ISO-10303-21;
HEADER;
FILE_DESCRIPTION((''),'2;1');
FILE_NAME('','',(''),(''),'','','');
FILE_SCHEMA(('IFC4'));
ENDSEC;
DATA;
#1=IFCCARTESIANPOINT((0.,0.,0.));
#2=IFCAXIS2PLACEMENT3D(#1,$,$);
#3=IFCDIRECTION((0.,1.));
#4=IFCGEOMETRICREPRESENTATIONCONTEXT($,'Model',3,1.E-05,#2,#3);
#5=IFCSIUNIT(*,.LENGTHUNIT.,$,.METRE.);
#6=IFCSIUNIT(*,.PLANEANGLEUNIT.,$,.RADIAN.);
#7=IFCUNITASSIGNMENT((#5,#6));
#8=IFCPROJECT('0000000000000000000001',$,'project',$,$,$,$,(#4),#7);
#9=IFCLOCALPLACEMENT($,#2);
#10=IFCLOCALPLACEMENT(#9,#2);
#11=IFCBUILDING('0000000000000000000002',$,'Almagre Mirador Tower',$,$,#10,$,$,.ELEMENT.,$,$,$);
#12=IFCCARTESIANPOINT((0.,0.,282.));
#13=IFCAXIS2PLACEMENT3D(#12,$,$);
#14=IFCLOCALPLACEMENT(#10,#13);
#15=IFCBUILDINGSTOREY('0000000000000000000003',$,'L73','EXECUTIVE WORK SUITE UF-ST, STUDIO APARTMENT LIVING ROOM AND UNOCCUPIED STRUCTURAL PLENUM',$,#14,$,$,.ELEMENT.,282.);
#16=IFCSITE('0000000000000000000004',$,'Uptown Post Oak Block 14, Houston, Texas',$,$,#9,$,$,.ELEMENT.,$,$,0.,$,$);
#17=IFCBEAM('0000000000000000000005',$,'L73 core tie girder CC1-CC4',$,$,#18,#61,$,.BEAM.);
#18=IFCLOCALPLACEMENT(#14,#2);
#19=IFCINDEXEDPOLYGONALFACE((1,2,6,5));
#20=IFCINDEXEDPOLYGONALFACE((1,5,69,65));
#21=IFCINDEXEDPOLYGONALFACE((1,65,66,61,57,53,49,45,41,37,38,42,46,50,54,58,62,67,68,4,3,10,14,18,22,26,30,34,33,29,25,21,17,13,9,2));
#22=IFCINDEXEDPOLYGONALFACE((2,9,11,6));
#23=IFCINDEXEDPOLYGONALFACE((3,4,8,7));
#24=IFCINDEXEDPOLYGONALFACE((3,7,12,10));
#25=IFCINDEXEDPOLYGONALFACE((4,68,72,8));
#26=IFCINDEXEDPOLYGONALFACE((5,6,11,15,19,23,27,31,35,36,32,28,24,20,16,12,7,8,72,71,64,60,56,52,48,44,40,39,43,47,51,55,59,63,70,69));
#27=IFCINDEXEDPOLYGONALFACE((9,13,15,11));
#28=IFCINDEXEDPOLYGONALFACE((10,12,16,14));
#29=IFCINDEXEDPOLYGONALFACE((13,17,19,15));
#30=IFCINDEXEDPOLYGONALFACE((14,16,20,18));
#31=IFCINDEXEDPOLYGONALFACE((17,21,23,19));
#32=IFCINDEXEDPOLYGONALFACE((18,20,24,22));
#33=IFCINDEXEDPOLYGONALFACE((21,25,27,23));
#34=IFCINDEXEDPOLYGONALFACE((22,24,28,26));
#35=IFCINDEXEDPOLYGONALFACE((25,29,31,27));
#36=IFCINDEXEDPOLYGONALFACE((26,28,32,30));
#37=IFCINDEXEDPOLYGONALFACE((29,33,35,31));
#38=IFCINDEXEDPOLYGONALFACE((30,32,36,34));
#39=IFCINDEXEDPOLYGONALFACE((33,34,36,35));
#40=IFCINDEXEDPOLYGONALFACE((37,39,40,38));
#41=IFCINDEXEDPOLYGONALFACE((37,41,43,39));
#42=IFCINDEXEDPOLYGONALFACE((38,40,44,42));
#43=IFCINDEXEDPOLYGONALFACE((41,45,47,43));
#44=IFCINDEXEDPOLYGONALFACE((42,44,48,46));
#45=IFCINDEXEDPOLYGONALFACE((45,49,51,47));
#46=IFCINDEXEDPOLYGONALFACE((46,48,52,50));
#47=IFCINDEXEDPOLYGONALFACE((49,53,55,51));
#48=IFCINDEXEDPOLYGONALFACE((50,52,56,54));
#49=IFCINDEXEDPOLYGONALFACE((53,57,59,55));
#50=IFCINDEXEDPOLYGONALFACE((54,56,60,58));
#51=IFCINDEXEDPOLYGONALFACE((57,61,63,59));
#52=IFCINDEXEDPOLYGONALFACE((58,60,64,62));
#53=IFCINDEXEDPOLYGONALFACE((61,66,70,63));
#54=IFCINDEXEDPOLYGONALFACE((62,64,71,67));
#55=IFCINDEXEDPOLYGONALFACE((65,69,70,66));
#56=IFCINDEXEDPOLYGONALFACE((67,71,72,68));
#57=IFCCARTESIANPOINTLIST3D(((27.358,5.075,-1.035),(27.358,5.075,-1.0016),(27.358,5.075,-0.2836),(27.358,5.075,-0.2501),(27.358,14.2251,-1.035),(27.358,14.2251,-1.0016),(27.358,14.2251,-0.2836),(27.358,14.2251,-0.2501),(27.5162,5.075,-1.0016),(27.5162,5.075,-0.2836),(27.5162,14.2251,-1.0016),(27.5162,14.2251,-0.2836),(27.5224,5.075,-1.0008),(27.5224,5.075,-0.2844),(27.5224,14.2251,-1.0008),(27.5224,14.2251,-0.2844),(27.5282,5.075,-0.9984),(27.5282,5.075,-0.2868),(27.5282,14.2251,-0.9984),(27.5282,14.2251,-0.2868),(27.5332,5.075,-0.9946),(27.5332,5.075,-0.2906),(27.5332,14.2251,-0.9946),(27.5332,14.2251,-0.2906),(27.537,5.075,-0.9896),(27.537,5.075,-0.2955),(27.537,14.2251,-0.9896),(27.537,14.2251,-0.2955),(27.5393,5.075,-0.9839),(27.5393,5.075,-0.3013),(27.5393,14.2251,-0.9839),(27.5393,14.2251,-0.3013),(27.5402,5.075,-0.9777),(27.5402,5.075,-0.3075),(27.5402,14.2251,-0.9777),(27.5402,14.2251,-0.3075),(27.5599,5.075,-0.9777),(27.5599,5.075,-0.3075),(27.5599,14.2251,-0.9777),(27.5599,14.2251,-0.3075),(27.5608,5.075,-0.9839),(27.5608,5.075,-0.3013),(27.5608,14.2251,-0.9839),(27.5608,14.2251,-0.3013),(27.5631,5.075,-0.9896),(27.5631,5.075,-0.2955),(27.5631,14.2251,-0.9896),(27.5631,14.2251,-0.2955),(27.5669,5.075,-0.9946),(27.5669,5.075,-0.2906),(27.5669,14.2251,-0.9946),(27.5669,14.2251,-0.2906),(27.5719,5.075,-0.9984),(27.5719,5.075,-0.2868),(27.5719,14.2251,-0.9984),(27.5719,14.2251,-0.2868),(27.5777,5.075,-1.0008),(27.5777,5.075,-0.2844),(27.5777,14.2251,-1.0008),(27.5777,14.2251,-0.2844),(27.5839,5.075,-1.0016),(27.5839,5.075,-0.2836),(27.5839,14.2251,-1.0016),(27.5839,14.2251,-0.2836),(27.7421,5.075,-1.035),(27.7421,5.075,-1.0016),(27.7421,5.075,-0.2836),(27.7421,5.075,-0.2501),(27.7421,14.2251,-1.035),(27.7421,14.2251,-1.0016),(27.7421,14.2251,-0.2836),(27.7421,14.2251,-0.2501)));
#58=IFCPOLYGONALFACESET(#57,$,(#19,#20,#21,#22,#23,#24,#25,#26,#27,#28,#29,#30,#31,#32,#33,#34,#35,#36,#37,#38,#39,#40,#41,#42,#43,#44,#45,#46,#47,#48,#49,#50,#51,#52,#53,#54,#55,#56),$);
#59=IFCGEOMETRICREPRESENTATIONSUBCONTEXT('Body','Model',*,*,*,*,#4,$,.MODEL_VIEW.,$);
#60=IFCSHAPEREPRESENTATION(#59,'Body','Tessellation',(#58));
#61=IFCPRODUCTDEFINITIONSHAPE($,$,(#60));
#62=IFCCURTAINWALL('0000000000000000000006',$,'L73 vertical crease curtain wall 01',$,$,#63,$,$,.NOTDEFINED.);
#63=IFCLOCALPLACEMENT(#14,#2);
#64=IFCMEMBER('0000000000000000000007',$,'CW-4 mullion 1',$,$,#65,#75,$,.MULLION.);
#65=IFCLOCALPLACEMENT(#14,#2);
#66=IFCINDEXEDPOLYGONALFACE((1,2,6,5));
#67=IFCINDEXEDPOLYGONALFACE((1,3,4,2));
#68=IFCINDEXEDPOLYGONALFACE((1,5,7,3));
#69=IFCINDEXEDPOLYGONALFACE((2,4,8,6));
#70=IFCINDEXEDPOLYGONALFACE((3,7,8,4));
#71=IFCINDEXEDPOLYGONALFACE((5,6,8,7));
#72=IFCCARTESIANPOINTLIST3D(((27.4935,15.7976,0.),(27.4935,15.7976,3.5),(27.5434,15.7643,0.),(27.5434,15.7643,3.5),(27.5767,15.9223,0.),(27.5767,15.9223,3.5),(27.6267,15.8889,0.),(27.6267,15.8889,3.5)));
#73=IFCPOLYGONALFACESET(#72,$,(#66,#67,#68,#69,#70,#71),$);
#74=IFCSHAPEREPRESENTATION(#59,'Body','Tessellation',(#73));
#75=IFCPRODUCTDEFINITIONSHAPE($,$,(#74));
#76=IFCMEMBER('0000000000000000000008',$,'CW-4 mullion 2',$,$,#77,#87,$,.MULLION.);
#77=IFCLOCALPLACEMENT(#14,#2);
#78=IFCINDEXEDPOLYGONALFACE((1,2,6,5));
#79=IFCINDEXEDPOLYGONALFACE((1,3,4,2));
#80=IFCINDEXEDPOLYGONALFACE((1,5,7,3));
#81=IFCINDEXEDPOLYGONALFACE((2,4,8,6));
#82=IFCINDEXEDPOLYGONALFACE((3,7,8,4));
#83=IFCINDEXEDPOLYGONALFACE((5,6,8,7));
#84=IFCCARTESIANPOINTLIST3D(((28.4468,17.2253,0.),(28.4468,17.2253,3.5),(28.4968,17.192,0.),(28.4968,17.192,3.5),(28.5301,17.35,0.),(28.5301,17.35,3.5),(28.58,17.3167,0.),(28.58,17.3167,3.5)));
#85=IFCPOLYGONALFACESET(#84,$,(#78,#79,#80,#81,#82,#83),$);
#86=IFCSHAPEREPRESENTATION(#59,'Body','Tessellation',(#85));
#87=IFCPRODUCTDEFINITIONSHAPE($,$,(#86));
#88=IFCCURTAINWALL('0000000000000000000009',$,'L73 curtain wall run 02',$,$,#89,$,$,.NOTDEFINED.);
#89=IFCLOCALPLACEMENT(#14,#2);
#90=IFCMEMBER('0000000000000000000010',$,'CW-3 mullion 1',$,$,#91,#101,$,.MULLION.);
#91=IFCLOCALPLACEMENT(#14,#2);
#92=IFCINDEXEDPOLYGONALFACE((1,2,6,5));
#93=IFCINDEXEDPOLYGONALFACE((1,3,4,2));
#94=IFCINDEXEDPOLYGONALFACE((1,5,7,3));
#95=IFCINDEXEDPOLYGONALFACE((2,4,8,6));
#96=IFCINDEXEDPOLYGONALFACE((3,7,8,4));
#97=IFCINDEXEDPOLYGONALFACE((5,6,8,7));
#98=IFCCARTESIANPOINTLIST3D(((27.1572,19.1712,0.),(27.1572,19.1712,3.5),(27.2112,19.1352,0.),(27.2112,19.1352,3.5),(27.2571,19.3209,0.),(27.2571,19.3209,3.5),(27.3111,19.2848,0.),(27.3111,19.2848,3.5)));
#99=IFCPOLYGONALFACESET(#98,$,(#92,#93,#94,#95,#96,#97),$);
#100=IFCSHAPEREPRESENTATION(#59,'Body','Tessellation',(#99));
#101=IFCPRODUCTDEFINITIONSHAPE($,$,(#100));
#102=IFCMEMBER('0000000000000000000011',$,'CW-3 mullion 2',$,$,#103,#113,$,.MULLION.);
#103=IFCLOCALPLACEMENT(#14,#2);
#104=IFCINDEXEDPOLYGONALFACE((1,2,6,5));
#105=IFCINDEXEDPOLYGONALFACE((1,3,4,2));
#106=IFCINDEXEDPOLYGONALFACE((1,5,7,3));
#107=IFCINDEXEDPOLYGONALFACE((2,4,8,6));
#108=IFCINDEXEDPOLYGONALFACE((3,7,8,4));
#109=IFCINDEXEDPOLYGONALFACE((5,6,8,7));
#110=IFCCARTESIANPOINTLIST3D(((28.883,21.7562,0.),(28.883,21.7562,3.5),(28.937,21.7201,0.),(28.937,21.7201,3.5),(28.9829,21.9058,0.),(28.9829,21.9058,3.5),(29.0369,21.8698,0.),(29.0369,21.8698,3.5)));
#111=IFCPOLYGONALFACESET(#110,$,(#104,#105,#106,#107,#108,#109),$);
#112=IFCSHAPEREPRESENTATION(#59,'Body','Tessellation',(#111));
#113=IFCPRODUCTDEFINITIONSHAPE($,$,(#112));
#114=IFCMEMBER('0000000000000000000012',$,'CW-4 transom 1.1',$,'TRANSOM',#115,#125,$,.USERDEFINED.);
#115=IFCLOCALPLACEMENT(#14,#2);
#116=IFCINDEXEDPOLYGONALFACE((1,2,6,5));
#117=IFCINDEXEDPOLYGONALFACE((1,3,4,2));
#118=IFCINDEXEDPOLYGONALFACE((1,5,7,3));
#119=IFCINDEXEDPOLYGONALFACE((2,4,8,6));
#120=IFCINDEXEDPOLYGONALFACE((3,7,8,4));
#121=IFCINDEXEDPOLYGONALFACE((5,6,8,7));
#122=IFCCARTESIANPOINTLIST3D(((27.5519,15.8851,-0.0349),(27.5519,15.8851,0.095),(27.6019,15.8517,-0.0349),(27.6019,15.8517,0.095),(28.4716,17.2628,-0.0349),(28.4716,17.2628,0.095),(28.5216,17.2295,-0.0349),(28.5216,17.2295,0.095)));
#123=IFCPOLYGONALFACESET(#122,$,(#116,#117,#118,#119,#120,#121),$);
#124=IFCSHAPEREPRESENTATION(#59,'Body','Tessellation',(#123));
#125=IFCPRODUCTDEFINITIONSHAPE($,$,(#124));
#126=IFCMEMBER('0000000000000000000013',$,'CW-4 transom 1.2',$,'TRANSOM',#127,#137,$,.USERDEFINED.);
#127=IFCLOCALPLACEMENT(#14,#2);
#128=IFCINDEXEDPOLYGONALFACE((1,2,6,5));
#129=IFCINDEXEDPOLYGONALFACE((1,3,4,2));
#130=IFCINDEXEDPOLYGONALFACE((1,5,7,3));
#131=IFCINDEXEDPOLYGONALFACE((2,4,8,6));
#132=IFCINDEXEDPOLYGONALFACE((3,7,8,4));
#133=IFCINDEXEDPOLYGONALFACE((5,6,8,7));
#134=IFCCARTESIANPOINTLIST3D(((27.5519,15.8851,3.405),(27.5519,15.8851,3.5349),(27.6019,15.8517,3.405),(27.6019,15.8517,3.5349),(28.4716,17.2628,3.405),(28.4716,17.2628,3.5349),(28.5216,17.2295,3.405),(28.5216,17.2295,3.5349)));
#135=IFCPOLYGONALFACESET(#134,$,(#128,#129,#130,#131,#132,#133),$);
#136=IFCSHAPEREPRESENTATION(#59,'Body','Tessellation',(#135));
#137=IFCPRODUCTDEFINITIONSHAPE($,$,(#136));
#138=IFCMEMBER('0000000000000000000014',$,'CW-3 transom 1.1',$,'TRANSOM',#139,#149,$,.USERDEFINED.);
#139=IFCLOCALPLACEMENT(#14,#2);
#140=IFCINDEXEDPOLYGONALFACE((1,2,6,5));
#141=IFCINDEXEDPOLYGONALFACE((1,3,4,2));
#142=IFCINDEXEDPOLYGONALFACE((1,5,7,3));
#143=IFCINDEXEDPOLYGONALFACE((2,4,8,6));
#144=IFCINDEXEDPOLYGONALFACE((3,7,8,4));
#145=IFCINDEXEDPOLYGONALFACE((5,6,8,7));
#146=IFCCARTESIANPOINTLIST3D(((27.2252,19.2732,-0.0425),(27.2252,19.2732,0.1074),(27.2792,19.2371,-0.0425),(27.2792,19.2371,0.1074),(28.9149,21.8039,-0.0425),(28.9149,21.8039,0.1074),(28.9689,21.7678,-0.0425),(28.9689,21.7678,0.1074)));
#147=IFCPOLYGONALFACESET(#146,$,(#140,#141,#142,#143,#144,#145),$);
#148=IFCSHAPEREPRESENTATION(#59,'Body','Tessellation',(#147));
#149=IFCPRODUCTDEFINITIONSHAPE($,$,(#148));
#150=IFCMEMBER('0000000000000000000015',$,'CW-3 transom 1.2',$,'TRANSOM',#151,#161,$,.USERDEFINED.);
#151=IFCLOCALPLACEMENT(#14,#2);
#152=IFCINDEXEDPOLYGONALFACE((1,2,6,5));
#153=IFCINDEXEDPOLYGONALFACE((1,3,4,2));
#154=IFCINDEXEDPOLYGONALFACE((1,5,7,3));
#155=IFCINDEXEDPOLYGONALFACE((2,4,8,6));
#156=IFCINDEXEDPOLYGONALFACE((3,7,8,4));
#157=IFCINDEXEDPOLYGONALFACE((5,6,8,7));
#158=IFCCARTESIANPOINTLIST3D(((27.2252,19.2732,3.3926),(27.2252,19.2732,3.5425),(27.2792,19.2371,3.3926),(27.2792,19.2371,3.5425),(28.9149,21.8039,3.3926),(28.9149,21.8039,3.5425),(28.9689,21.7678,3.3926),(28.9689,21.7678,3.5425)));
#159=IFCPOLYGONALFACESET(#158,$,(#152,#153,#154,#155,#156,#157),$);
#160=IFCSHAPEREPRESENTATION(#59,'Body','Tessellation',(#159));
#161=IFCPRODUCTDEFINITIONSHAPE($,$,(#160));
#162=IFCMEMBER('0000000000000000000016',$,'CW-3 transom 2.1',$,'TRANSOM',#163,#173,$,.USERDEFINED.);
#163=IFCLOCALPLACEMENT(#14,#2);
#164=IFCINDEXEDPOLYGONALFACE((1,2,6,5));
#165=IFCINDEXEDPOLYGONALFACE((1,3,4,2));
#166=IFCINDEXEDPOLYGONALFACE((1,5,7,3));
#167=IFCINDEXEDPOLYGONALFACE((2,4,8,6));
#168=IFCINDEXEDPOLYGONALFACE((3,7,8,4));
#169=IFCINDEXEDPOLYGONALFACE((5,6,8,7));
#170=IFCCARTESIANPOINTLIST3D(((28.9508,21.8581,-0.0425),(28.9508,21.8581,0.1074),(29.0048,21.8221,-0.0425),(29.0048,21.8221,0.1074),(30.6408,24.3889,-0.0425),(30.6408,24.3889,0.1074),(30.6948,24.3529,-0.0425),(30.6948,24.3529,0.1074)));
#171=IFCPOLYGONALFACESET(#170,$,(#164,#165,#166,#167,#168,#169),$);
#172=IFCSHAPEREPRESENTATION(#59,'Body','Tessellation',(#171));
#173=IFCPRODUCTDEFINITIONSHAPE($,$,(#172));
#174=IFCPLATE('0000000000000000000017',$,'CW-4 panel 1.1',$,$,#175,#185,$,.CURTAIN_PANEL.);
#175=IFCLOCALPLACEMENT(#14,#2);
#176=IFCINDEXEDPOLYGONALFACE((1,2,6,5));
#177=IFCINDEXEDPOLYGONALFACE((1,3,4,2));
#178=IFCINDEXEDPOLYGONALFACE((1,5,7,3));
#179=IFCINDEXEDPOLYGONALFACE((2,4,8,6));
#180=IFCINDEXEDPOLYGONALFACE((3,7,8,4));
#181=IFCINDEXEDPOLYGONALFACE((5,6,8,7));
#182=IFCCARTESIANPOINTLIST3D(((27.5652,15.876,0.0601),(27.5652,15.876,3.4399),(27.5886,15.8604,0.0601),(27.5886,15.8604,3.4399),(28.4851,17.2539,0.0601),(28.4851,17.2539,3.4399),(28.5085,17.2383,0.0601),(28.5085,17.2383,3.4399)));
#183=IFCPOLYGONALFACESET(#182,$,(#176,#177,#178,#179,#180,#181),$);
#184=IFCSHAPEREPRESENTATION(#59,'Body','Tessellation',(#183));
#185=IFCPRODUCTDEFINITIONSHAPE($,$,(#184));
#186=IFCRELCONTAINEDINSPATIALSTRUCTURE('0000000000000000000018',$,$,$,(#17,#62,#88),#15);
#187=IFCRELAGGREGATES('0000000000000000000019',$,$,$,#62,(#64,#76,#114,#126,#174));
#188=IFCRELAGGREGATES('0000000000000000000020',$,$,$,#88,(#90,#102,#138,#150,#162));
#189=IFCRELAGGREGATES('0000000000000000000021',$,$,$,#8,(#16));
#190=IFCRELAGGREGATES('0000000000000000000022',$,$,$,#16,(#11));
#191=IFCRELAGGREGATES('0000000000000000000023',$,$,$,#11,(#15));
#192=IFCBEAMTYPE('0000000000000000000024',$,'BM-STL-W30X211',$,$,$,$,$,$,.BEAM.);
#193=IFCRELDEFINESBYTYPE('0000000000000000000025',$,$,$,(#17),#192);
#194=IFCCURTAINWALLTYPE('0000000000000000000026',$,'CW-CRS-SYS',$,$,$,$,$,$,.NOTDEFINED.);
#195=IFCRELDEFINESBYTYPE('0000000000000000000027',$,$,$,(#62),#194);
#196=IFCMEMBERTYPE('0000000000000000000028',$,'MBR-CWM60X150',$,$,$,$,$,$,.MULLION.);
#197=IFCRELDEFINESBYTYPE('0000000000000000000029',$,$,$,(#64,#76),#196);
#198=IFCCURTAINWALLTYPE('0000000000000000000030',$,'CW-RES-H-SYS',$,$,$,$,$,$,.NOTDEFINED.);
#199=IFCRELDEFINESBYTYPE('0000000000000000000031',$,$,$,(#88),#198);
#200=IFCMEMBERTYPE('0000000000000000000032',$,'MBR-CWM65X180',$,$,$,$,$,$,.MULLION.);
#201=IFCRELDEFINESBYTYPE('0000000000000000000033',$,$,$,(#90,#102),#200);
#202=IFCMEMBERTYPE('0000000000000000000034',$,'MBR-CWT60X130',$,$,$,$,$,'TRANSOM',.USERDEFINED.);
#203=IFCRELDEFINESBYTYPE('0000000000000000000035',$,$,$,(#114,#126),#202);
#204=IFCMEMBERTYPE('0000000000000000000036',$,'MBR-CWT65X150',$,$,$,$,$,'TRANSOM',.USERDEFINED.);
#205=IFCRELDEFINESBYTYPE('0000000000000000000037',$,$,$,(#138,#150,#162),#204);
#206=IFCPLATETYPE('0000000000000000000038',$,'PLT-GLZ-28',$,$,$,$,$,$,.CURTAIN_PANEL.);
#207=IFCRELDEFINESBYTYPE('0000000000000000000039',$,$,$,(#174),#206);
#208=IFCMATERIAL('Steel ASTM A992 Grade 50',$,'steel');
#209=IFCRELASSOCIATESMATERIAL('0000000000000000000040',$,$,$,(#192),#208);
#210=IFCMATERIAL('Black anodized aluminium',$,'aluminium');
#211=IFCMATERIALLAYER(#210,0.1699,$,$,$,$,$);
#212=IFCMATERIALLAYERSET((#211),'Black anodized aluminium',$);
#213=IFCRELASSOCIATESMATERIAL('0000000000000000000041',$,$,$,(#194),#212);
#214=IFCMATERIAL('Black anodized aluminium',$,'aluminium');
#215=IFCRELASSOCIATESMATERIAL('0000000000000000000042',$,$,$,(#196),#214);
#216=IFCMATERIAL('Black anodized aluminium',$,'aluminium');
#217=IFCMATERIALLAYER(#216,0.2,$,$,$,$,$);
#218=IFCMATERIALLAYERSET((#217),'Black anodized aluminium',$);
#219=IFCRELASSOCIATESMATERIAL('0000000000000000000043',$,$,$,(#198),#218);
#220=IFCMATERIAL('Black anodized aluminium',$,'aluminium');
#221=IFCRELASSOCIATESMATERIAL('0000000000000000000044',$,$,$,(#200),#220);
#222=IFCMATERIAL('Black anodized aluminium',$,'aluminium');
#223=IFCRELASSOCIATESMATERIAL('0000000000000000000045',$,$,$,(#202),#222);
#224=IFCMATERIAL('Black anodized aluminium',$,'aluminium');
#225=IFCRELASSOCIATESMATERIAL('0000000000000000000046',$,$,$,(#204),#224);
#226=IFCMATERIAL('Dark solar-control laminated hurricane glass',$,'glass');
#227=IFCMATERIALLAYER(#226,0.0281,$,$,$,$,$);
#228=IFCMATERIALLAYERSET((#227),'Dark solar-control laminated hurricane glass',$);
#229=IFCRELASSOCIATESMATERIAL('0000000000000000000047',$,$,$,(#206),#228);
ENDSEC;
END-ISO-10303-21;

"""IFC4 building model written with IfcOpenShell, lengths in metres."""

from ifc_helpers import new_model, si_unit, direction, frame, origin, origin_2d, place, context, subcontext, project, spatial, rectangle, i_section, extrude, material, layer, layer_set, material_profile, profile_set, type_object, element, aggregate, save


model = new_model("IFC4")

# Units and contexts
model_context = context("Model", 3, precision=1e-05, world=origin(), true_north=direction((0.0, 1.0)))
body_context = subcontext(model_context, "Body", "Model", "MODEL_VIEW")
ifc_project = project(units=[si_unit("LENGTHUNIT", "METRE"), si_unit("PLANEANGLEUNIT", "RADIAN")], contexts=[model_context])

# Site, building, storey
site_placement = place(None, origin())
site = spatial("IfcSite", under=ifc_project, at=site_placement, Name="Uptown Post Oak Block 14, Houston, Texas", CompositionType="ELEMENT", RefElevation=0.0)
building_placement = place(site_placement, origin())
building = spatial("IfcBuilding", under=site, at=building_placement, Name="Almagre Mirador Tower", CompositionType="ELEMENT")
storey_placement = place(building_placement, frame((0.0, 0.0, 282.0)))
storey = spatial("IfcBuildingStorey", under=building, at=storey_placement, Name="L73", Description="EXECUTIVE WORK SUITE UF-ST, STUDIO APARTMENT LIVING ROOM AND UNOCCUPIED STRUCTURAL PLENUM", CompositionType="ELEMENT", Elevation=282.0)

# Beam
ifc_material_1 = material(Name="Steel ASTM A992 Grade 50", Category="steel")
ifc_material_profile_1 = material_profile(ifc_material_1, i_section(OverallWidth=0.384, OverallDepth=0.7849, WebThickness=0.0198, FlangeThickness=0.0334, FilletRadius=0.0239, at=origin_2d()), Name="W30X211")
ifc_profile_set_1 = profile_set([ifc_material_profile_1], Name="Steel ASTM A992 Grade 50")
beam_type_1 = type_object("IfcBeamType", Name="BM-STL-W30X211", PredefinedType="BEAM", material=ifc_profile_set_1)
beam_1_placement = place(storey_placement, frame((27.55, 5.075, -0.6426), z_axis=(0.0, 1.0, 0.0), x_axis=(-1.0, 0.0, 0.0)))
element("IfcBeam", 1, at=beam_1_placement, inside=storey, type_object=beam_type_1, Name="L73 core tie girder CC1-CC4", PredefinedType="BEAM", context=body_context, shape_type="SweptSolid", body=[
    extrude(i_section(OverallWidth=0.384, OverallDepth=0.7849, WebThickness=0.0198, FlangeThickness=0.0334, FilletRadius=0.0239, at=origin_2d()), origin(), (0.0, 0.0, 1.0), 9.1501),
])

# Curtain walls, members
ifc_material_2 = material(Name="Black anodized aluminium", Category="aluminium")
ifc_layer_1 = layer(ifc_material_2, 0.1699)
ifc_layer_set_1 = layer_set([ifc_layer_1], Name="Black anodized aluminium")
curtain_wall_type_1 = type_object("IfcCurtainWallType", Name="CW-CRS-SYS", PredefinedType="NOTDEFINED", material=ifc_layer_set_1)
curtain_wall_1_placement = place(storey_placement, origin())
curtain_wall_1 = element("IfcCurtainWall", 2, at=curtain_wall_1_placement, inside=storey, type_object=curtain_wall_type_1, Name="L73 vertical crease curtain wall 01", PredefinedType="NOTDEFINED")
ifc_material_3 = material(Name="Black anodized aluminium", Category="aluminium")
ifc_material_profile_2 = material_profile(ifc_material_3, rectangle(XDim=0.0601, YDim=0.1499, at=origin_2d()), Name="CWM60X150")
ifc_profile_set_2 = profile_set([ifc_material_profile_2], Name="Black anodized aluminium")
member_type_1 = type_object("IfcMemberType", Name="MBR-CWM60X150", PredefinedType="MULLION", material=ifc_profile_set_2)
member_1_placement = place(storey_placement, frame((27.5601, 15.8433, 0.0), z_axis=(0.0, 0.0, 1.0), x_axis=(-0.831678, 0.555259, 0.0)))
member_1 = element("IfcMember", 3, at=member_1_placement, type_object=member_type_1, Name="CW-4 mullion 1", PredefinedType="MULLION", context=body_context, shape_type="SweptSolid", body=[
    extrude(rectangle(XDim=0.0601, YDim=0.1499, at=origin_2d()), origin(), (0.0, 0.0, 1.0), 3.5),
])
member_2_placement = place(storey_placement, frame((28.5134, 17.271, 0.0), z_axis=(0.0, 0.0, 1.0), x_axis=(-0.831678, 0.555259, 0.0)))
member_2 = element("IfcMember", 4, at=member_2_placement, type_object=member_type_1, Name="CW-4 mullion 2", PredefinedType="MULLION", context=body_context, shape_type="SweptSolid", body=[
    extrude(rectangle(XDim=0.0601, YDim=0.1499, at=origin_2d()), origin(), (0.0, 0.0, 1.0), 3.5),
])
ifc_material_4 = material(Name="Black anodized aluminium", Category="aluminium")
ifc_layer_2 = layer(ifc_material_4, 0.2)
ifc_layer_set_2 = layer_set([ifc_layer_2], Name="Black anodized aluminium")
curtain_wall_type_2 = type_object("IfcCurtainWallType", Name="CW-RES-H-SYS", PredefinedType="NOTDEFINED", material=ifc_layer_set_2)
curtain_wall_2_placement = place(storey_placement, origin())
curtain_wall_2 = element("IfcCurtainWall", 5, at=curtain_wall_2_placement, inside=storey, type_object=curtain_wall_type_2, Name="L73 curtain wall run 02", PredefinedType="NOTDEFINED")
ifc_material_5 = material(Name="Black anodized aluminium", Category="aluminium")
ifc_material_profile_3 = material_profile(ifc_material_5, rectangle(XDim=0.0649, YDim=0.1799, at=origin_2d()), Name="CWM65X180")
ifc_profile_set_3 = profile_set([ifc_material_profile_3], Name="Black anodized aluminium")
member_type_2 = type_object("IfcMemberType", Name="MBR-CWM65X180", PredefinedType="MULLION", material=ifc_profile_set_3)
member_3_placement = place(storey_placement, frame((27.2341, 19.228, 0.0), z_axis=(0.0, 0.0, 1.0), x_axis=(-0.83168, 0.555255, 0.0)))
member_3 = element("IfcMember", 6, at=member_3_placement, type_object=member_type_2, Name="CW-3 mullion 1", PredefinedType="MULLION", context=body_context, shape_type="SweptSolid", body=[
    extrude(rectangle(XDim=0.0649, YDim=0.1799, at=origin_2d()), origin(), (0.0, 0.0, 1.0), 3.5),
])
member_4_placement = place(storey_placement, frame((28.96, 21.813, 0.0), z_axis=(0.0, 0.0, 1.0), x_axis=(-0.83168, 0.555255, 0.0)))
member_4 = element("IfcMember", 7, at=member_4_placement, type_object=member_type_2, Name="CW-3 mullion 2", PredefinedType="MULLION", context=body_context, shape_type="SweptSolid", body=[
    extrude(rectangle(XDim=0.0649, YDim=0.1799, at=origin_2d()), origin(), (0.0, 0.0, 1.0), 3.5),
])

# Members
ifc_material_6 = material(Name="Black anodized aluminium", Category="aluminium")
ifc_material_profile_4 = material_profile(ifc_material_6, rectangle(XDim=0.0601, YDim=0.1299, at=origin_2d()), Name="CWT60X130")
ifc_profile_set_4 = profile_set([ifc_material_profile_4], Name="Black anodized aluminium")
member_type_3 = type_object("IfcMemberType", Name="MBR-CWT60X130", ElementType="TRANSOM", PredefinedType="USERDEFINED", material=ifc_profile_set_4)
member_5_placement = place(storey_placement, frame((27.5769, 15.8684, 0.03), z_axis=(0.55521, 0.83171, 0.0), x_axis=(-0.83171, 0.55521, 0.0)))
member_5 = element("IfcMember", 8, at=member_5_placement, type_object=member_type_3, Name="CW-4 transom 1.1", ObjectType="TRANSOM", PredefinedType="USERDEFINED", context=body_context, shape_type="SweptSolid", body=[
    extrude(rectangle(XDim=0.0601, YDim=0.1299, at=origin_2d()), origin(), (0.0, 0.0, 1.0), 1.6565),
])
member_6_placement = place(storey_placement, frame((27.5769, 15.8684, 3.47), z_axis=(0.55521, 0.83171, 0.0), x_axis=(-0.83171, 0.55521, 0.0)))
member_6 = element("IfcMember", 9, at=member_6_placement, type_object=member_type_3, Name="CW-4 transom 1.2", ObjectType="TRANSOM", PredefinedType="USERDEFINED", context=body_context, shape_type="SweptSolid", body=[
    extrude(rectangle(XDim=0.0601, YDim=0.1299, at=origin_2d()), origin(), (0.0, 0.0, 1.0), 1.6565),
])
ifc_material_7 = material(Name="Black anodized aluminium", Category="aluminium")
ifc_material_profile_5 = material_profile(ifc_material_7, rectangle(XDim=0.0649, YDim=0.1499, at=origin_2d()), Name="CWT65X150")
ifc_profile_set_5 = profile_set([ifc_material_profile_5], Name="Black anodized aluminium")
member_type_4 = type_object("IfcMemberType", Name="MBR-CWT65X150", ElementType="TRANSOM", PredefinedType="USERDEFINED", material=ifc_profile_set_5)
member_7_placement = place(storey_placement, frame((27.2522, 19.2551, 0.0325), z_axis=(0.555274, 0.831667, 0.0), x_axis=(-0.831667, 0.555274, 0.0)))
member_7 = element("IfcMember", 10, at=member_7_placement, type_object=member_type_4, Name="CW-3 transom 1.1", ObjectType="TRANSOM", PredefinedType="USERDEFINED", context=body_context, shape_type="SweptSolid", body=[
    extrude(rectangle(XDim=0.0649, YDim=0.1499, at=origin_2d()), origin(), (0.0, 0.0, 1.0), 3.043),
])
member_8_placement = place(storey_placement, frame((27.2522, 19.2551, 3.4675), z_axis=(0.555274, 0.831667, 0.0), x_axis=(-0.831667, 0.555274, 0.0)))
member_8 = element("IfcMember", 11, at=member_8_placement, type_object=member_type_4, Name="CW-3 transom 1.2", ObjectType="TRANSOM", PredefinedType="USERDEFINED", context=body_context, shape_type="SweptSolid", body=[
    extrude(rectangle(XDim=0.0649, YDim=0.1499, at=origin_2d()), origin(), (0.0, 0.0, 1.0), 3.043),
])
member_9_placement = place(storey_placement, frame((28.9778, 21.8401, 0.0325), z_axis=(0.55533, 0.83163, 0.0), x_axis=(-0.83163, 0.55533, 0.0)))
member_9 = element("IfcMember", 12, at=member_9_placement, type_object=member_type_4, Name="CW-3 transom 2.1", ObjectType="TRANSOM", PredefinedType="USERDEFINED", context=body_context, shape_type="SweptSolid", body=[
    extrude(rectangle(XDim=0.0649, YDim=0.1499, at=origin_2d()), origin(), (0.0, 0.0, 1.0), 3.0432),
])

# Plate
ifc_material_8 = material(Name="Dark solar-control laminated hurricane glass", Category="glass")
ifc_layer_3 = layer(ifc_material_8, 0.0281)
ifc_layer_set_3 = layer_set([ifc_layer_3], Name="Dark solar-control laminated hurricane glass")
plate_type_1 = type_object("IfcPlateType", Name="PLT-GLZ-28", PredefinedType="CURTAIN_PANEL", material=ifc_layer_set_3)
plate_1_placement = place(storey_placement, frame((28.0369, 16.5571, 0.0601), z_axis=(0.0, 0.0, 1.0), x_axis=(0.555259, 0.831678, 0.0)))
plate_1 = element("IfcPlate", 13, at=plate_1_placement, type_object=plate_type_1, Name="CW-4 panel 1.1", PredefinedType="CURTAIN_PANEL", context=body_context, shape_type="SweptSolid", body=[
    extrude(rectangle(XDim=1.6567, YDim=0.0281, at=origin_2d()), origin(), (0.0, 0.0, 1.0), 3.3799),
])
aggregate(curtain_wall_1, [member_1, member_2, member_5, member_6, plate_1])
aggregate(curtain_wall_2, [member_3, member_4, member_7, member_8, member_9])

save(model, "model.ifc")
